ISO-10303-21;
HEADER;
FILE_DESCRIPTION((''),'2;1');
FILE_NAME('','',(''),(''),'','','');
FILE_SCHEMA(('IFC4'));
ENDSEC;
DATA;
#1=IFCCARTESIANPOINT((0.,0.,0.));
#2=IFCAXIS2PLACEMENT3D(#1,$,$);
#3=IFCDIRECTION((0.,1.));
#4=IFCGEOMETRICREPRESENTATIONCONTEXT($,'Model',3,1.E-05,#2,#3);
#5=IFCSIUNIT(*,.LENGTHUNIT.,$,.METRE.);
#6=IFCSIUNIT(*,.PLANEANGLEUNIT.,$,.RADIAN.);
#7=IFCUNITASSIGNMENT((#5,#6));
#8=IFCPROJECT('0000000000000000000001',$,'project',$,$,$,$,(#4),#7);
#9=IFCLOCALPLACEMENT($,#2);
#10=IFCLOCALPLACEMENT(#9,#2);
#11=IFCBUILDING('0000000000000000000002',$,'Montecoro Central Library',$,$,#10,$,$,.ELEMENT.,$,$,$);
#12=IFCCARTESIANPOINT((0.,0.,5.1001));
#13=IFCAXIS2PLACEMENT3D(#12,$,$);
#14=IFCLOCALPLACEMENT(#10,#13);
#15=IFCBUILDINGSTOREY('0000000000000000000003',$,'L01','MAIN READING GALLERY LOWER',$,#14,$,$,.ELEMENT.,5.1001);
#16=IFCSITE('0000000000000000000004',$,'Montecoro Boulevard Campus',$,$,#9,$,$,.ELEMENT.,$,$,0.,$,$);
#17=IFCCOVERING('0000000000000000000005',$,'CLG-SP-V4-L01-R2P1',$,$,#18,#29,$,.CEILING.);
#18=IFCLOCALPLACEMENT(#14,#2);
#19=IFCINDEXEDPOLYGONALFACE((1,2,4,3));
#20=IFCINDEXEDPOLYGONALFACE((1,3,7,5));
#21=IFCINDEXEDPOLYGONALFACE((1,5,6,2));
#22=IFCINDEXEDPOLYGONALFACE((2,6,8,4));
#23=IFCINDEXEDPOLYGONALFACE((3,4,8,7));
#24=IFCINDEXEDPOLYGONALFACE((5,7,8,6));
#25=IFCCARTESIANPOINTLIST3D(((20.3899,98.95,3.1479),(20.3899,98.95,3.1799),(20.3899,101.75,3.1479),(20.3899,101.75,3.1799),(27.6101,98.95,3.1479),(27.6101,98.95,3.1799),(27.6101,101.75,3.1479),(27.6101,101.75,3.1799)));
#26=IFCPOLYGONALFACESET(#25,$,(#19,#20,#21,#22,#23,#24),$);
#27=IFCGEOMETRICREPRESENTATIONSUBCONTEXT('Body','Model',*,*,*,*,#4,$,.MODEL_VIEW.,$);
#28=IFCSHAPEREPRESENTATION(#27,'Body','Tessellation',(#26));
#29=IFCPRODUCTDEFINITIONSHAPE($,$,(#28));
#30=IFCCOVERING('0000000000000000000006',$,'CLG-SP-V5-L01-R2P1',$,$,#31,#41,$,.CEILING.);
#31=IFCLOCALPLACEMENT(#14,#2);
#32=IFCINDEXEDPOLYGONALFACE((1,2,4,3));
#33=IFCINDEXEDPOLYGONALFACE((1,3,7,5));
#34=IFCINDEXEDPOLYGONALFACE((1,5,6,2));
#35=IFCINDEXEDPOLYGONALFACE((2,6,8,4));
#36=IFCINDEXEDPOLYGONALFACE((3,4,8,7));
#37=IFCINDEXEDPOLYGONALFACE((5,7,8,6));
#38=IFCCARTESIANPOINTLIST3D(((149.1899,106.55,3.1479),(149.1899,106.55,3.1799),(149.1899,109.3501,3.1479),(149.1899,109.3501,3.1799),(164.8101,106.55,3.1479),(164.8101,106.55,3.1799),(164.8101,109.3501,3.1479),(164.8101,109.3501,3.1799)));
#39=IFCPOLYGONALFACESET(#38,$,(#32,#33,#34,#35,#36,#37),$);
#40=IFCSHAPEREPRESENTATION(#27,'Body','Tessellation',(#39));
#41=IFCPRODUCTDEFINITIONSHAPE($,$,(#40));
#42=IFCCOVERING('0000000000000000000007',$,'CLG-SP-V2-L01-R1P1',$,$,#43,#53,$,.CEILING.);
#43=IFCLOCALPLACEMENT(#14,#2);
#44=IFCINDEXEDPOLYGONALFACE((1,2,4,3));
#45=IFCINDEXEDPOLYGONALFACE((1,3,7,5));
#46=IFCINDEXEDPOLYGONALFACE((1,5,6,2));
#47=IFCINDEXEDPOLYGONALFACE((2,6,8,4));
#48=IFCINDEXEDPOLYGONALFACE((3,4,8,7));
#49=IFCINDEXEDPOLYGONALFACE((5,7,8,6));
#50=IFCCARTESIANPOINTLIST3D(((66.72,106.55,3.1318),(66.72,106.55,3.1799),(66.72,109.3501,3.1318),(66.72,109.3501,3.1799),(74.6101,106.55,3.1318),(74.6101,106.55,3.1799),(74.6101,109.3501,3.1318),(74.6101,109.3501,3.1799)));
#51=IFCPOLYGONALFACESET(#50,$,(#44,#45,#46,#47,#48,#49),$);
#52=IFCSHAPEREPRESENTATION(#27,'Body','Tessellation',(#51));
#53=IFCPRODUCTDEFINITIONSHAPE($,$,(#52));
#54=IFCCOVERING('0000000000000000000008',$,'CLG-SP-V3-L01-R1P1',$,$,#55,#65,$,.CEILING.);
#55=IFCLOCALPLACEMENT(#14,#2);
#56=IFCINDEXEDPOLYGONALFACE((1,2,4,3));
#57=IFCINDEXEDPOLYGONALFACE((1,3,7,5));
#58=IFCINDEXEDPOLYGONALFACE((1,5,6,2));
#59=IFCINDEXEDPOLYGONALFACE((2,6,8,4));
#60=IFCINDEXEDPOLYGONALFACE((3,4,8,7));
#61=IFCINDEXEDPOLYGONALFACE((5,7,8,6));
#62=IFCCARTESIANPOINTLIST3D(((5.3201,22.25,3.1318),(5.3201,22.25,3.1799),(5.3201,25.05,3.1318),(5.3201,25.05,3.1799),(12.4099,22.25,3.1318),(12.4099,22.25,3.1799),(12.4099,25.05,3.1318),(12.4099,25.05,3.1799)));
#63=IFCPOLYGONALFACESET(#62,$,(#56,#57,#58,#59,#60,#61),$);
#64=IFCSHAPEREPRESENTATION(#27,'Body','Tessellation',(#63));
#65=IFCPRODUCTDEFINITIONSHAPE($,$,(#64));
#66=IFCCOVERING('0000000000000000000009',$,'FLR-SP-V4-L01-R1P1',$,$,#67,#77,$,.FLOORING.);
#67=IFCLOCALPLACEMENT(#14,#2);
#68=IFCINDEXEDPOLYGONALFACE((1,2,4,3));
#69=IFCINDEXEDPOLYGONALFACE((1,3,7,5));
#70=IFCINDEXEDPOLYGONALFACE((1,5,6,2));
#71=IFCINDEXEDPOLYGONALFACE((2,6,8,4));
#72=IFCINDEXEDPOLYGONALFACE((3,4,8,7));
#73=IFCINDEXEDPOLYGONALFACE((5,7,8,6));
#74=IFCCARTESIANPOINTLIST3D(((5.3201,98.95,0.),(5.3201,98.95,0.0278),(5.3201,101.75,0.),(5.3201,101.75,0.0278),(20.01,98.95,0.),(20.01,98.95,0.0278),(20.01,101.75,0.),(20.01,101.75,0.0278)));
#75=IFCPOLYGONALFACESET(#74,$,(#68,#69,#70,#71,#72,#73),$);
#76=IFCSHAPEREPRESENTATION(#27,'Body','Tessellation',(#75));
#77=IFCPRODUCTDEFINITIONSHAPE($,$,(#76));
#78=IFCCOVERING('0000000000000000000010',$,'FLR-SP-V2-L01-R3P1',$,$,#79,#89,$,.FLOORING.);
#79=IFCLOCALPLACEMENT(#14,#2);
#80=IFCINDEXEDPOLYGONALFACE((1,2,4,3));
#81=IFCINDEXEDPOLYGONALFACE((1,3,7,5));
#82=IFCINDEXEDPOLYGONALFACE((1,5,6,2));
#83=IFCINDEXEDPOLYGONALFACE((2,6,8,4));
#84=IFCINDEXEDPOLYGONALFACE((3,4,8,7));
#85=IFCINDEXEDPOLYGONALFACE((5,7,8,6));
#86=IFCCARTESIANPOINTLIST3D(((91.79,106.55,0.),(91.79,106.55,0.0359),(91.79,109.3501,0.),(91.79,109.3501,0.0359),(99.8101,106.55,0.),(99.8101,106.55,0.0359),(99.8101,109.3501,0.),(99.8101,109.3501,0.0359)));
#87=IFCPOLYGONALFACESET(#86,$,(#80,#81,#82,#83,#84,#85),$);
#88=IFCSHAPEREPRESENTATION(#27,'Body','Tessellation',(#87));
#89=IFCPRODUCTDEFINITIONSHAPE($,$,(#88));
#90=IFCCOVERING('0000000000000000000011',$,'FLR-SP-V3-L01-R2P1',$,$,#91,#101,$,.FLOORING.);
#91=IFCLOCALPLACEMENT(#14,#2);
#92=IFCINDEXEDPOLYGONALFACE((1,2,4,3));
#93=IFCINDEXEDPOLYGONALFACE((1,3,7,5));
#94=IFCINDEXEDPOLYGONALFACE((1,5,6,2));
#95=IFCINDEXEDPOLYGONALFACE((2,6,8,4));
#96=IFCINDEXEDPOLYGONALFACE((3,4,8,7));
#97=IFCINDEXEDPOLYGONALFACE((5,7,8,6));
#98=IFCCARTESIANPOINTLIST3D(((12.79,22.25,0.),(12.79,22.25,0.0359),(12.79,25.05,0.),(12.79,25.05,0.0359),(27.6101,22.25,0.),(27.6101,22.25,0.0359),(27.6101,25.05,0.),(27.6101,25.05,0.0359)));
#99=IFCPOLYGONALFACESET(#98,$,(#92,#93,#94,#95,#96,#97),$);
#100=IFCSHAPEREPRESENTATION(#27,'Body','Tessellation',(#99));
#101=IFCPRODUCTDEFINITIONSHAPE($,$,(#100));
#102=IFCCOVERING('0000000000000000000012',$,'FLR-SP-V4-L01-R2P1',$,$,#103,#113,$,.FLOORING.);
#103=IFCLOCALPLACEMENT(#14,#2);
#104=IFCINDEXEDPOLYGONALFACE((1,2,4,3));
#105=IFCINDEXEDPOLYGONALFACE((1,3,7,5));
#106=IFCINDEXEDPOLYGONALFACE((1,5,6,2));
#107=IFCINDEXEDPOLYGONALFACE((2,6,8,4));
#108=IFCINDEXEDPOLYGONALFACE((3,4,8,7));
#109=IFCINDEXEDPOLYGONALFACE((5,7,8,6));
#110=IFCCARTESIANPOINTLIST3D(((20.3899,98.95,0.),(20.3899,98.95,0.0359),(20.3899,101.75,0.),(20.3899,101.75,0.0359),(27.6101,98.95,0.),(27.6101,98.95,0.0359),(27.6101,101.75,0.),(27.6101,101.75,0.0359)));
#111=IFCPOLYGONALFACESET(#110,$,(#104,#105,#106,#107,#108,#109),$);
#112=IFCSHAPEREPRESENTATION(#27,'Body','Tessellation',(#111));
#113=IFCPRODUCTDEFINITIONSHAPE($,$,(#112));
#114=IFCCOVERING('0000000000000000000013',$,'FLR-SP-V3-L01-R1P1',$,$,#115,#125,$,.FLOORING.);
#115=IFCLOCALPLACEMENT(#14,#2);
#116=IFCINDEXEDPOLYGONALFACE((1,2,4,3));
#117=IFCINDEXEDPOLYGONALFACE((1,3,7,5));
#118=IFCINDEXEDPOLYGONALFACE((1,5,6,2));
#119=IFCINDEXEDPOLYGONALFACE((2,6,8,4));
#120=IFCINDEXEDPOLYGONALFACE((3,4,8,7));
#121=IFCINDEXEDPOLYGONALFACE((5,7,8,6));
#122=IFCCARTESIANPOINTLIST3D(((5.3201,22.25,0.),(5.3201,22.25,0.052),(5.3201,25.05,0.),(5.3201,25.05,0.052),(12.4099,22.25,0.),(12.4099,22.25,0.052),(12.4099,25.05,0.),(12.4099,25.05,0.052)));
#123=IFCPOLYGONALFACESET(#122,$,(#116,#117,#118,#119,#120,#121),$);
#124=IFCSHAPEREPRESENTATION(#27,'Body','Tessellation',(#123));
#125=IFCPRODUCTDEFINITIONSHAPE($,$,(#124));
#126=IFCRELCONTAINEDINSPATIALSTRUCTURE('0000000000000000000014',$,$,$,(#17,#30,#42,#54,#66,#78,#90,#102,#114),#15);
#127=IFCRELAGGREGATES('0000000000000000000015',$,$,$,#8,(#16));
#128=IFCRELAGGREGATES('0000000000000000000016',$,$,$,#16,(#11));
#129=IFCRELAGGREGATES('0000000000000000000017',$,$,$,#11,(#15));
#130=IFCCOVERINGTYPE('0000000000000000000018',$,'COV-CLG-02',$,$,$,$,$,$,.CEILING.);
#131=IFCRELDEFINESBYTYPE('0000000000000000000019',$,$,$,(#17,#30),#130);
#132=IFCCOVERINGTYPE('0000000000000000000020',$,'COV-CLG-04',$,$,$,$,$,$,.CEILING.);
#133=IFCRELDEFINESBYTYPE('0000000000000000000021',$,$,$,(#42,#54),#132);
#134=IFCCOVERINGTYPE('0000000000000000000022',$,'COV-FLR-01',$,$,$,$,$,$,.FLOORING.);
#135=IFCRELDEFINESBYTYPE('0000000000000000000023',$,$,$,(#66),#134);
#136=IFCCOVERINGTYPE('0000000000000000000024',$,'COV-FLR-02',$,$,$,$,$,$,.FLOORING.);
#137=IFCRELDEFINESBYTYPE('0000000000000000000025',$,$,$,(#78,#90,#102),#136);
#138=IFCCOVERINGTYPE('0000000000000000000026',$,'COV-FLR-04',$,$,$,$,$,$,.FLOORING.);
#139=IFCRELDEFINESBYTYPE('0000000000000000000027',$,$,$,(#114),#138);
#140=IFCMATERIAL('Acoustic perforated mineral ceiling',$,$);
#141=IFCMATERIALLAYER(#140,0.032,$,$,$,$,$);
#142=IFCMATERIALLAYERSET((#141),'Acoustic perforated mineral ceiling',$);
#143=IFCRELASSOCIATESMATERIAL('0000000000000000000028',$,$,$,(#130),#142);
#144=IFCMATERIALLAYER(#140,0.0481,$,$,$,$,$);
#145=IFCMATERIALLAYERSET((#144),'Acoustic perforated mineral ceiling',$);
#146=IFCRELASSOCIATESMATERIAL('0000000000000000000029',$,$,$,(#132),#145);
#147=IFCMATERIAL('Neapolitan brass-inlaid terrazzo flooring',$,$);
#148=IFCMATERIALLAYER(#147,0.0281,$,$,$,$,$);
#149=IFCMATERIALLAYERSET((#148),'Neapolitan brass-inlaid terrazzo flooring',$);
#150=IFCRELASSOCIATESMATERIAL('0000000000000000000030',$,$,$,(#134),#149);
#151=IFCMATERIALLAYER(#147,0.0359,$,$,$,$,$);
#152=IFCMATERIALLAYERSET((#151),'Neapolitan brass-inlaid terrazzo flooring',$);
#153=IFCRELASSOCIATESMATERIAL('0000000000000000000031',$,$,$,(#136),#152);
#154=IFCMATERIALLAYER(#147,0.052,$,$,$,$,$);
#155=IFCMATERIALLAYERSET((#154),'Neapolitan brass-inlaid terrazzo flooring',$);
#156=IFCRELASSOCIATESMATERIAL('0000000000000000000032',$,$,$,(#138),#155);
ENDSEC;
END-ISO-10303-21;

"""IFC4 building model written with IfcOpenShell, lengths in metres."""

from ifc_helpers import new_model, si_unit, direction, frame, origin, place, context, subcontext, project, spatial, polyline, outline, extrude, material, layer, layer_set, type_object, element, save


model = new_model("IFC4")

# Units and contexts
model_context = context("Model", 3, precision=1e-05, world=origin(), true_north=direction((0.0, 1.0)))
body_context = subcontext(model_context, "Body", "Model", "MODEL_VIEW")
ifc_project = project(units=[si_unit("LENGTHUNIT", "METRE"), si_unit("PLANEANGLEUNIT", "RADIAN")], contexts=[model_context])

# Site, building, storey
site_placement = place(None, origin())
site = spatial("IfcSite", under=ifc_project, at=site_placement, Name="Montecoro Boulevard Campus", CompositionType="ELEMENT", RefElevation=0.0)
building_placement = place(site_placement, origin())
building = spatial("IfcBuilding", under=site, at=building_placement, Name="Montecoro Central Library", CompositionType="ELEMENT")
storey_placement = place(building_placement, frame((0.0, 0.0, 5.1001)))
storey = spatial("IfcBuildingStorey", under=building, at=storey_placement, Name="L01", Description="MAIN READING GALLERY LOWER", CompositionType="ELEMENT", Elevation=5.1001)

# Coverings
ifc_material_1 = material(Name="Acoustic perforated mineral ceiling")
ifc_layer_1 = layer(ifc_material_1, 0.032)
ifc_layer_set_1 = layer_set([ifc_layer_1], Name="Acoustic perforated mineral ceiling")
covering_type_1 = type_object("IfcCoveringType", Name="COV-CLG-02", PredefinedType="CEILING", material=ifc_layer_set_1)
covering_1_placement = place(storey_placement, frame((0.0, 0.0, 3.1479)))
element("IfcCovering", 1, at=covering_1_placement, inside=storey, type_object=covering_type_1, Name="CLG-SP-V4-L01-R2P1", PredefinedType="CEILING", context=body_context, shape_type="SweptSolid", body=[
    extrude(outline(polyline([(20.3899, 98.95), (27.6101, 98.95), (27.6101, 101.75), (20.3899, 101.75), (20.3899, 98.95)])), origin(), (0.0, 0.0, 1.0), 0.032),
])
covering_2_placement = place(storey_placement, frame((0.0, 0.0, 3.1479)))
element("IfcCovering", 2, at=covering_2_placement, inside=storey, type_object=covering_type_1, Name="CLG-SP-V5-L01-R2P1", PredefinedType="CEILING", context=body_context, shape_type="SweptSolid", body=[
    extrude(outline(polyline([(149.1899, 106.55), (164.8101, 106.55), (164.8101, 109.3501), (149.1899, 109.3501), (149.1899, 106.55)])), origin(), (0.0, 0.0, 1.0), 0.032),
])
ifc_layer_2 = layer(ifc_material_1, 0.0481)
ifc_layer_set_2 = layer_set([ifc_layer_2], Name="Acoustic perforated mineral ceiling")
covering_type_2 = type_object("IfcCoveringType", Name="COV-CLG-04", PredefinedType="CEILING", material=ifc_layer_set_2)
covering_3_placement = place(storey_placement, frame((0.0, 0.0, 3.1318)))
element("IfcCovering", 3, at=covering_3_placement, inside=storey, type_object=covering_type_2, Name="CLG-SP-V2-L01-R1P1", PredefinedType="CEILING", context=body_context, shape_type="SweptSolid", body=[
    extrude(outline(polyline([(66.72, 106.55), (74.6101, 106.55), (74.6101, 109.3501), (66.72, 109.3501), (66.72, 106.55)])), origin(), (0.0, 0.0, 1.0), 0.0481),
])
covering_4_placement = place(storey_placement, frame((0.0, 0.0, 3.1318)))
element("IfcCovering", 4, at=covering_4_placement, inside=storey, type_object=covering_type_2, Name="CLG-SP-V3-L01-R1P1", PredefinedType="CEILING", context=body_context, shape_type="SweptSolid", body=[
    extrude(outline(polyline([(5.3201, 22.25), (12.4099, 22.25), (12.4099, 25.05), (5.3201, 25.05), (5.3201, 22.25)])), origin(), (0.0, 0.0, 1.0), 0.0481),
])
ifc_material_2 = material(Name="Neapolitan brass-inlaid terrazzo flooring")
ifc_layer_3 = layer(ifc_material_2, 0.0281)
ifc_layer_set_3 = layer_set([ifc_layer_3], Name="Neapolitan brass-inlaid terrazzo flooring")
covering_type_3 = type_object("IfcCoveringType", Name="COV-FLR-01", PredefinedType="FLOORING", material=ifc_layer_set_3)
covering_5_placement = place(storey_placement, origin())
element("IfcCovering", 5, at=covering_5_placement, inside=storey, type_object=covering_type_3, Name="FLR-SP-V4-L01-R1P1", PredefinedType="FLOORING", context=body_context, shape_type="SweptSolid", body=[
    extrude(outline(polyline([(5.3201, 98.95), (20.01, 98.95), (20.01, 101.75), (5.3201, 101.75), (5.3201, 98.95)])), origin(), (0.0, 0.0, 1.0), 0.0278),
])
ifc_layer_4 = layer(ifc_material_2, 0.0359)
ifc_layer_set_4 = layer_set([ifc_layer_4], Name="Neapolitan brass-inlaid terrazzo flooring")
covering_type_4 = type_object("IfcCoveringType", Name="COV-FLR-02", PredefinedType="FLOORING", material=ifc_layer_set_4)
covering_6_placement = place(storey_placement, origin())
element("IfcCovering", 6, at=covering_6_placement, inside=storey, type_object=covering_type_4, Name="FLR-SP-V2-L01-R3P1", PredefinedType="FLOORING", context=body_context, shape_type="SweptSolid", body=[
    extrude(outline(polyline([(91.79, 106.55), (99.8101, 106.55), (99.8101, 109.3501), (91.79, 109.3501), (91.79, 106.55)])), origin(), (0.0, 0.0, 1.0), 0.0359),
])
covering_7_placement = place(storey_placement, origin())
element("IfcCovering", 7, at=covering_7_placement, inside=storey, type_object=covering_type_4, Name="FLR-SP-V3-L01-R2P1", PredefinedType="FLOORING", context=body_context, shape_type="SweptSolid", body=[
    extrude(outline(polyline([(12.79, 22.25), (27.6101, 22.25), (27.6101, 25.05), (12.79, 25.05), (12.79, 22.25)])), origin(), (0.0, 0.0, 1.0), 0.0359),
])
covering_8_placement = place(storey_placement, origin())
element("IfcCovering", 8, at=covering_8_placement, inside=storey, type_object=covering_type_4, Name="FLR-SP-V4-L01-R2P1", PredefinedType="FLOORING", context=body_context, shape_type="SweptSolid", body=[
    extrude(outline(polyline([(20.3899, 98.95), (27.6101, 98.95), (27.6101, 101.75), (20.3899, 101.75), (20.3899, 98.95)])), origin(), (0.0, 0.0, 1.0), 0.0359),
])
ifc_layer_5 = layer(ifc_material_2, 0.052)
ifc_layer_set_5 = layer_set([ifc_layer_5], Name="Neapolitan brass-inlaid terrazzo flooring")
covering_type_5 = type_object("IfcCoveringType", Name="COV-FLR-04", PredefinedType="FLOORING", material=ifc_layer_set_5)
covering_9_placement = place(storey_placement, origin())
element("IfcCovering", 9, at=covering_9_placement, inside=storey, type_object=covering_type_5, Name="FLR-SP-V3-L01-R1P1", PredefinedType="FLOORING", context=body_context, shape_type="SweptSolid", body=[
    extrude(outline(polyline([(5.3201, 22.25), (12.4099, 22.25), (12.4099, 25.05), (5.3201, 25.05), (5.3201, 22.25)])), origin(), (0.0, 0.0, 1.0), 0.052),
])

save(model, "model.ifc")
